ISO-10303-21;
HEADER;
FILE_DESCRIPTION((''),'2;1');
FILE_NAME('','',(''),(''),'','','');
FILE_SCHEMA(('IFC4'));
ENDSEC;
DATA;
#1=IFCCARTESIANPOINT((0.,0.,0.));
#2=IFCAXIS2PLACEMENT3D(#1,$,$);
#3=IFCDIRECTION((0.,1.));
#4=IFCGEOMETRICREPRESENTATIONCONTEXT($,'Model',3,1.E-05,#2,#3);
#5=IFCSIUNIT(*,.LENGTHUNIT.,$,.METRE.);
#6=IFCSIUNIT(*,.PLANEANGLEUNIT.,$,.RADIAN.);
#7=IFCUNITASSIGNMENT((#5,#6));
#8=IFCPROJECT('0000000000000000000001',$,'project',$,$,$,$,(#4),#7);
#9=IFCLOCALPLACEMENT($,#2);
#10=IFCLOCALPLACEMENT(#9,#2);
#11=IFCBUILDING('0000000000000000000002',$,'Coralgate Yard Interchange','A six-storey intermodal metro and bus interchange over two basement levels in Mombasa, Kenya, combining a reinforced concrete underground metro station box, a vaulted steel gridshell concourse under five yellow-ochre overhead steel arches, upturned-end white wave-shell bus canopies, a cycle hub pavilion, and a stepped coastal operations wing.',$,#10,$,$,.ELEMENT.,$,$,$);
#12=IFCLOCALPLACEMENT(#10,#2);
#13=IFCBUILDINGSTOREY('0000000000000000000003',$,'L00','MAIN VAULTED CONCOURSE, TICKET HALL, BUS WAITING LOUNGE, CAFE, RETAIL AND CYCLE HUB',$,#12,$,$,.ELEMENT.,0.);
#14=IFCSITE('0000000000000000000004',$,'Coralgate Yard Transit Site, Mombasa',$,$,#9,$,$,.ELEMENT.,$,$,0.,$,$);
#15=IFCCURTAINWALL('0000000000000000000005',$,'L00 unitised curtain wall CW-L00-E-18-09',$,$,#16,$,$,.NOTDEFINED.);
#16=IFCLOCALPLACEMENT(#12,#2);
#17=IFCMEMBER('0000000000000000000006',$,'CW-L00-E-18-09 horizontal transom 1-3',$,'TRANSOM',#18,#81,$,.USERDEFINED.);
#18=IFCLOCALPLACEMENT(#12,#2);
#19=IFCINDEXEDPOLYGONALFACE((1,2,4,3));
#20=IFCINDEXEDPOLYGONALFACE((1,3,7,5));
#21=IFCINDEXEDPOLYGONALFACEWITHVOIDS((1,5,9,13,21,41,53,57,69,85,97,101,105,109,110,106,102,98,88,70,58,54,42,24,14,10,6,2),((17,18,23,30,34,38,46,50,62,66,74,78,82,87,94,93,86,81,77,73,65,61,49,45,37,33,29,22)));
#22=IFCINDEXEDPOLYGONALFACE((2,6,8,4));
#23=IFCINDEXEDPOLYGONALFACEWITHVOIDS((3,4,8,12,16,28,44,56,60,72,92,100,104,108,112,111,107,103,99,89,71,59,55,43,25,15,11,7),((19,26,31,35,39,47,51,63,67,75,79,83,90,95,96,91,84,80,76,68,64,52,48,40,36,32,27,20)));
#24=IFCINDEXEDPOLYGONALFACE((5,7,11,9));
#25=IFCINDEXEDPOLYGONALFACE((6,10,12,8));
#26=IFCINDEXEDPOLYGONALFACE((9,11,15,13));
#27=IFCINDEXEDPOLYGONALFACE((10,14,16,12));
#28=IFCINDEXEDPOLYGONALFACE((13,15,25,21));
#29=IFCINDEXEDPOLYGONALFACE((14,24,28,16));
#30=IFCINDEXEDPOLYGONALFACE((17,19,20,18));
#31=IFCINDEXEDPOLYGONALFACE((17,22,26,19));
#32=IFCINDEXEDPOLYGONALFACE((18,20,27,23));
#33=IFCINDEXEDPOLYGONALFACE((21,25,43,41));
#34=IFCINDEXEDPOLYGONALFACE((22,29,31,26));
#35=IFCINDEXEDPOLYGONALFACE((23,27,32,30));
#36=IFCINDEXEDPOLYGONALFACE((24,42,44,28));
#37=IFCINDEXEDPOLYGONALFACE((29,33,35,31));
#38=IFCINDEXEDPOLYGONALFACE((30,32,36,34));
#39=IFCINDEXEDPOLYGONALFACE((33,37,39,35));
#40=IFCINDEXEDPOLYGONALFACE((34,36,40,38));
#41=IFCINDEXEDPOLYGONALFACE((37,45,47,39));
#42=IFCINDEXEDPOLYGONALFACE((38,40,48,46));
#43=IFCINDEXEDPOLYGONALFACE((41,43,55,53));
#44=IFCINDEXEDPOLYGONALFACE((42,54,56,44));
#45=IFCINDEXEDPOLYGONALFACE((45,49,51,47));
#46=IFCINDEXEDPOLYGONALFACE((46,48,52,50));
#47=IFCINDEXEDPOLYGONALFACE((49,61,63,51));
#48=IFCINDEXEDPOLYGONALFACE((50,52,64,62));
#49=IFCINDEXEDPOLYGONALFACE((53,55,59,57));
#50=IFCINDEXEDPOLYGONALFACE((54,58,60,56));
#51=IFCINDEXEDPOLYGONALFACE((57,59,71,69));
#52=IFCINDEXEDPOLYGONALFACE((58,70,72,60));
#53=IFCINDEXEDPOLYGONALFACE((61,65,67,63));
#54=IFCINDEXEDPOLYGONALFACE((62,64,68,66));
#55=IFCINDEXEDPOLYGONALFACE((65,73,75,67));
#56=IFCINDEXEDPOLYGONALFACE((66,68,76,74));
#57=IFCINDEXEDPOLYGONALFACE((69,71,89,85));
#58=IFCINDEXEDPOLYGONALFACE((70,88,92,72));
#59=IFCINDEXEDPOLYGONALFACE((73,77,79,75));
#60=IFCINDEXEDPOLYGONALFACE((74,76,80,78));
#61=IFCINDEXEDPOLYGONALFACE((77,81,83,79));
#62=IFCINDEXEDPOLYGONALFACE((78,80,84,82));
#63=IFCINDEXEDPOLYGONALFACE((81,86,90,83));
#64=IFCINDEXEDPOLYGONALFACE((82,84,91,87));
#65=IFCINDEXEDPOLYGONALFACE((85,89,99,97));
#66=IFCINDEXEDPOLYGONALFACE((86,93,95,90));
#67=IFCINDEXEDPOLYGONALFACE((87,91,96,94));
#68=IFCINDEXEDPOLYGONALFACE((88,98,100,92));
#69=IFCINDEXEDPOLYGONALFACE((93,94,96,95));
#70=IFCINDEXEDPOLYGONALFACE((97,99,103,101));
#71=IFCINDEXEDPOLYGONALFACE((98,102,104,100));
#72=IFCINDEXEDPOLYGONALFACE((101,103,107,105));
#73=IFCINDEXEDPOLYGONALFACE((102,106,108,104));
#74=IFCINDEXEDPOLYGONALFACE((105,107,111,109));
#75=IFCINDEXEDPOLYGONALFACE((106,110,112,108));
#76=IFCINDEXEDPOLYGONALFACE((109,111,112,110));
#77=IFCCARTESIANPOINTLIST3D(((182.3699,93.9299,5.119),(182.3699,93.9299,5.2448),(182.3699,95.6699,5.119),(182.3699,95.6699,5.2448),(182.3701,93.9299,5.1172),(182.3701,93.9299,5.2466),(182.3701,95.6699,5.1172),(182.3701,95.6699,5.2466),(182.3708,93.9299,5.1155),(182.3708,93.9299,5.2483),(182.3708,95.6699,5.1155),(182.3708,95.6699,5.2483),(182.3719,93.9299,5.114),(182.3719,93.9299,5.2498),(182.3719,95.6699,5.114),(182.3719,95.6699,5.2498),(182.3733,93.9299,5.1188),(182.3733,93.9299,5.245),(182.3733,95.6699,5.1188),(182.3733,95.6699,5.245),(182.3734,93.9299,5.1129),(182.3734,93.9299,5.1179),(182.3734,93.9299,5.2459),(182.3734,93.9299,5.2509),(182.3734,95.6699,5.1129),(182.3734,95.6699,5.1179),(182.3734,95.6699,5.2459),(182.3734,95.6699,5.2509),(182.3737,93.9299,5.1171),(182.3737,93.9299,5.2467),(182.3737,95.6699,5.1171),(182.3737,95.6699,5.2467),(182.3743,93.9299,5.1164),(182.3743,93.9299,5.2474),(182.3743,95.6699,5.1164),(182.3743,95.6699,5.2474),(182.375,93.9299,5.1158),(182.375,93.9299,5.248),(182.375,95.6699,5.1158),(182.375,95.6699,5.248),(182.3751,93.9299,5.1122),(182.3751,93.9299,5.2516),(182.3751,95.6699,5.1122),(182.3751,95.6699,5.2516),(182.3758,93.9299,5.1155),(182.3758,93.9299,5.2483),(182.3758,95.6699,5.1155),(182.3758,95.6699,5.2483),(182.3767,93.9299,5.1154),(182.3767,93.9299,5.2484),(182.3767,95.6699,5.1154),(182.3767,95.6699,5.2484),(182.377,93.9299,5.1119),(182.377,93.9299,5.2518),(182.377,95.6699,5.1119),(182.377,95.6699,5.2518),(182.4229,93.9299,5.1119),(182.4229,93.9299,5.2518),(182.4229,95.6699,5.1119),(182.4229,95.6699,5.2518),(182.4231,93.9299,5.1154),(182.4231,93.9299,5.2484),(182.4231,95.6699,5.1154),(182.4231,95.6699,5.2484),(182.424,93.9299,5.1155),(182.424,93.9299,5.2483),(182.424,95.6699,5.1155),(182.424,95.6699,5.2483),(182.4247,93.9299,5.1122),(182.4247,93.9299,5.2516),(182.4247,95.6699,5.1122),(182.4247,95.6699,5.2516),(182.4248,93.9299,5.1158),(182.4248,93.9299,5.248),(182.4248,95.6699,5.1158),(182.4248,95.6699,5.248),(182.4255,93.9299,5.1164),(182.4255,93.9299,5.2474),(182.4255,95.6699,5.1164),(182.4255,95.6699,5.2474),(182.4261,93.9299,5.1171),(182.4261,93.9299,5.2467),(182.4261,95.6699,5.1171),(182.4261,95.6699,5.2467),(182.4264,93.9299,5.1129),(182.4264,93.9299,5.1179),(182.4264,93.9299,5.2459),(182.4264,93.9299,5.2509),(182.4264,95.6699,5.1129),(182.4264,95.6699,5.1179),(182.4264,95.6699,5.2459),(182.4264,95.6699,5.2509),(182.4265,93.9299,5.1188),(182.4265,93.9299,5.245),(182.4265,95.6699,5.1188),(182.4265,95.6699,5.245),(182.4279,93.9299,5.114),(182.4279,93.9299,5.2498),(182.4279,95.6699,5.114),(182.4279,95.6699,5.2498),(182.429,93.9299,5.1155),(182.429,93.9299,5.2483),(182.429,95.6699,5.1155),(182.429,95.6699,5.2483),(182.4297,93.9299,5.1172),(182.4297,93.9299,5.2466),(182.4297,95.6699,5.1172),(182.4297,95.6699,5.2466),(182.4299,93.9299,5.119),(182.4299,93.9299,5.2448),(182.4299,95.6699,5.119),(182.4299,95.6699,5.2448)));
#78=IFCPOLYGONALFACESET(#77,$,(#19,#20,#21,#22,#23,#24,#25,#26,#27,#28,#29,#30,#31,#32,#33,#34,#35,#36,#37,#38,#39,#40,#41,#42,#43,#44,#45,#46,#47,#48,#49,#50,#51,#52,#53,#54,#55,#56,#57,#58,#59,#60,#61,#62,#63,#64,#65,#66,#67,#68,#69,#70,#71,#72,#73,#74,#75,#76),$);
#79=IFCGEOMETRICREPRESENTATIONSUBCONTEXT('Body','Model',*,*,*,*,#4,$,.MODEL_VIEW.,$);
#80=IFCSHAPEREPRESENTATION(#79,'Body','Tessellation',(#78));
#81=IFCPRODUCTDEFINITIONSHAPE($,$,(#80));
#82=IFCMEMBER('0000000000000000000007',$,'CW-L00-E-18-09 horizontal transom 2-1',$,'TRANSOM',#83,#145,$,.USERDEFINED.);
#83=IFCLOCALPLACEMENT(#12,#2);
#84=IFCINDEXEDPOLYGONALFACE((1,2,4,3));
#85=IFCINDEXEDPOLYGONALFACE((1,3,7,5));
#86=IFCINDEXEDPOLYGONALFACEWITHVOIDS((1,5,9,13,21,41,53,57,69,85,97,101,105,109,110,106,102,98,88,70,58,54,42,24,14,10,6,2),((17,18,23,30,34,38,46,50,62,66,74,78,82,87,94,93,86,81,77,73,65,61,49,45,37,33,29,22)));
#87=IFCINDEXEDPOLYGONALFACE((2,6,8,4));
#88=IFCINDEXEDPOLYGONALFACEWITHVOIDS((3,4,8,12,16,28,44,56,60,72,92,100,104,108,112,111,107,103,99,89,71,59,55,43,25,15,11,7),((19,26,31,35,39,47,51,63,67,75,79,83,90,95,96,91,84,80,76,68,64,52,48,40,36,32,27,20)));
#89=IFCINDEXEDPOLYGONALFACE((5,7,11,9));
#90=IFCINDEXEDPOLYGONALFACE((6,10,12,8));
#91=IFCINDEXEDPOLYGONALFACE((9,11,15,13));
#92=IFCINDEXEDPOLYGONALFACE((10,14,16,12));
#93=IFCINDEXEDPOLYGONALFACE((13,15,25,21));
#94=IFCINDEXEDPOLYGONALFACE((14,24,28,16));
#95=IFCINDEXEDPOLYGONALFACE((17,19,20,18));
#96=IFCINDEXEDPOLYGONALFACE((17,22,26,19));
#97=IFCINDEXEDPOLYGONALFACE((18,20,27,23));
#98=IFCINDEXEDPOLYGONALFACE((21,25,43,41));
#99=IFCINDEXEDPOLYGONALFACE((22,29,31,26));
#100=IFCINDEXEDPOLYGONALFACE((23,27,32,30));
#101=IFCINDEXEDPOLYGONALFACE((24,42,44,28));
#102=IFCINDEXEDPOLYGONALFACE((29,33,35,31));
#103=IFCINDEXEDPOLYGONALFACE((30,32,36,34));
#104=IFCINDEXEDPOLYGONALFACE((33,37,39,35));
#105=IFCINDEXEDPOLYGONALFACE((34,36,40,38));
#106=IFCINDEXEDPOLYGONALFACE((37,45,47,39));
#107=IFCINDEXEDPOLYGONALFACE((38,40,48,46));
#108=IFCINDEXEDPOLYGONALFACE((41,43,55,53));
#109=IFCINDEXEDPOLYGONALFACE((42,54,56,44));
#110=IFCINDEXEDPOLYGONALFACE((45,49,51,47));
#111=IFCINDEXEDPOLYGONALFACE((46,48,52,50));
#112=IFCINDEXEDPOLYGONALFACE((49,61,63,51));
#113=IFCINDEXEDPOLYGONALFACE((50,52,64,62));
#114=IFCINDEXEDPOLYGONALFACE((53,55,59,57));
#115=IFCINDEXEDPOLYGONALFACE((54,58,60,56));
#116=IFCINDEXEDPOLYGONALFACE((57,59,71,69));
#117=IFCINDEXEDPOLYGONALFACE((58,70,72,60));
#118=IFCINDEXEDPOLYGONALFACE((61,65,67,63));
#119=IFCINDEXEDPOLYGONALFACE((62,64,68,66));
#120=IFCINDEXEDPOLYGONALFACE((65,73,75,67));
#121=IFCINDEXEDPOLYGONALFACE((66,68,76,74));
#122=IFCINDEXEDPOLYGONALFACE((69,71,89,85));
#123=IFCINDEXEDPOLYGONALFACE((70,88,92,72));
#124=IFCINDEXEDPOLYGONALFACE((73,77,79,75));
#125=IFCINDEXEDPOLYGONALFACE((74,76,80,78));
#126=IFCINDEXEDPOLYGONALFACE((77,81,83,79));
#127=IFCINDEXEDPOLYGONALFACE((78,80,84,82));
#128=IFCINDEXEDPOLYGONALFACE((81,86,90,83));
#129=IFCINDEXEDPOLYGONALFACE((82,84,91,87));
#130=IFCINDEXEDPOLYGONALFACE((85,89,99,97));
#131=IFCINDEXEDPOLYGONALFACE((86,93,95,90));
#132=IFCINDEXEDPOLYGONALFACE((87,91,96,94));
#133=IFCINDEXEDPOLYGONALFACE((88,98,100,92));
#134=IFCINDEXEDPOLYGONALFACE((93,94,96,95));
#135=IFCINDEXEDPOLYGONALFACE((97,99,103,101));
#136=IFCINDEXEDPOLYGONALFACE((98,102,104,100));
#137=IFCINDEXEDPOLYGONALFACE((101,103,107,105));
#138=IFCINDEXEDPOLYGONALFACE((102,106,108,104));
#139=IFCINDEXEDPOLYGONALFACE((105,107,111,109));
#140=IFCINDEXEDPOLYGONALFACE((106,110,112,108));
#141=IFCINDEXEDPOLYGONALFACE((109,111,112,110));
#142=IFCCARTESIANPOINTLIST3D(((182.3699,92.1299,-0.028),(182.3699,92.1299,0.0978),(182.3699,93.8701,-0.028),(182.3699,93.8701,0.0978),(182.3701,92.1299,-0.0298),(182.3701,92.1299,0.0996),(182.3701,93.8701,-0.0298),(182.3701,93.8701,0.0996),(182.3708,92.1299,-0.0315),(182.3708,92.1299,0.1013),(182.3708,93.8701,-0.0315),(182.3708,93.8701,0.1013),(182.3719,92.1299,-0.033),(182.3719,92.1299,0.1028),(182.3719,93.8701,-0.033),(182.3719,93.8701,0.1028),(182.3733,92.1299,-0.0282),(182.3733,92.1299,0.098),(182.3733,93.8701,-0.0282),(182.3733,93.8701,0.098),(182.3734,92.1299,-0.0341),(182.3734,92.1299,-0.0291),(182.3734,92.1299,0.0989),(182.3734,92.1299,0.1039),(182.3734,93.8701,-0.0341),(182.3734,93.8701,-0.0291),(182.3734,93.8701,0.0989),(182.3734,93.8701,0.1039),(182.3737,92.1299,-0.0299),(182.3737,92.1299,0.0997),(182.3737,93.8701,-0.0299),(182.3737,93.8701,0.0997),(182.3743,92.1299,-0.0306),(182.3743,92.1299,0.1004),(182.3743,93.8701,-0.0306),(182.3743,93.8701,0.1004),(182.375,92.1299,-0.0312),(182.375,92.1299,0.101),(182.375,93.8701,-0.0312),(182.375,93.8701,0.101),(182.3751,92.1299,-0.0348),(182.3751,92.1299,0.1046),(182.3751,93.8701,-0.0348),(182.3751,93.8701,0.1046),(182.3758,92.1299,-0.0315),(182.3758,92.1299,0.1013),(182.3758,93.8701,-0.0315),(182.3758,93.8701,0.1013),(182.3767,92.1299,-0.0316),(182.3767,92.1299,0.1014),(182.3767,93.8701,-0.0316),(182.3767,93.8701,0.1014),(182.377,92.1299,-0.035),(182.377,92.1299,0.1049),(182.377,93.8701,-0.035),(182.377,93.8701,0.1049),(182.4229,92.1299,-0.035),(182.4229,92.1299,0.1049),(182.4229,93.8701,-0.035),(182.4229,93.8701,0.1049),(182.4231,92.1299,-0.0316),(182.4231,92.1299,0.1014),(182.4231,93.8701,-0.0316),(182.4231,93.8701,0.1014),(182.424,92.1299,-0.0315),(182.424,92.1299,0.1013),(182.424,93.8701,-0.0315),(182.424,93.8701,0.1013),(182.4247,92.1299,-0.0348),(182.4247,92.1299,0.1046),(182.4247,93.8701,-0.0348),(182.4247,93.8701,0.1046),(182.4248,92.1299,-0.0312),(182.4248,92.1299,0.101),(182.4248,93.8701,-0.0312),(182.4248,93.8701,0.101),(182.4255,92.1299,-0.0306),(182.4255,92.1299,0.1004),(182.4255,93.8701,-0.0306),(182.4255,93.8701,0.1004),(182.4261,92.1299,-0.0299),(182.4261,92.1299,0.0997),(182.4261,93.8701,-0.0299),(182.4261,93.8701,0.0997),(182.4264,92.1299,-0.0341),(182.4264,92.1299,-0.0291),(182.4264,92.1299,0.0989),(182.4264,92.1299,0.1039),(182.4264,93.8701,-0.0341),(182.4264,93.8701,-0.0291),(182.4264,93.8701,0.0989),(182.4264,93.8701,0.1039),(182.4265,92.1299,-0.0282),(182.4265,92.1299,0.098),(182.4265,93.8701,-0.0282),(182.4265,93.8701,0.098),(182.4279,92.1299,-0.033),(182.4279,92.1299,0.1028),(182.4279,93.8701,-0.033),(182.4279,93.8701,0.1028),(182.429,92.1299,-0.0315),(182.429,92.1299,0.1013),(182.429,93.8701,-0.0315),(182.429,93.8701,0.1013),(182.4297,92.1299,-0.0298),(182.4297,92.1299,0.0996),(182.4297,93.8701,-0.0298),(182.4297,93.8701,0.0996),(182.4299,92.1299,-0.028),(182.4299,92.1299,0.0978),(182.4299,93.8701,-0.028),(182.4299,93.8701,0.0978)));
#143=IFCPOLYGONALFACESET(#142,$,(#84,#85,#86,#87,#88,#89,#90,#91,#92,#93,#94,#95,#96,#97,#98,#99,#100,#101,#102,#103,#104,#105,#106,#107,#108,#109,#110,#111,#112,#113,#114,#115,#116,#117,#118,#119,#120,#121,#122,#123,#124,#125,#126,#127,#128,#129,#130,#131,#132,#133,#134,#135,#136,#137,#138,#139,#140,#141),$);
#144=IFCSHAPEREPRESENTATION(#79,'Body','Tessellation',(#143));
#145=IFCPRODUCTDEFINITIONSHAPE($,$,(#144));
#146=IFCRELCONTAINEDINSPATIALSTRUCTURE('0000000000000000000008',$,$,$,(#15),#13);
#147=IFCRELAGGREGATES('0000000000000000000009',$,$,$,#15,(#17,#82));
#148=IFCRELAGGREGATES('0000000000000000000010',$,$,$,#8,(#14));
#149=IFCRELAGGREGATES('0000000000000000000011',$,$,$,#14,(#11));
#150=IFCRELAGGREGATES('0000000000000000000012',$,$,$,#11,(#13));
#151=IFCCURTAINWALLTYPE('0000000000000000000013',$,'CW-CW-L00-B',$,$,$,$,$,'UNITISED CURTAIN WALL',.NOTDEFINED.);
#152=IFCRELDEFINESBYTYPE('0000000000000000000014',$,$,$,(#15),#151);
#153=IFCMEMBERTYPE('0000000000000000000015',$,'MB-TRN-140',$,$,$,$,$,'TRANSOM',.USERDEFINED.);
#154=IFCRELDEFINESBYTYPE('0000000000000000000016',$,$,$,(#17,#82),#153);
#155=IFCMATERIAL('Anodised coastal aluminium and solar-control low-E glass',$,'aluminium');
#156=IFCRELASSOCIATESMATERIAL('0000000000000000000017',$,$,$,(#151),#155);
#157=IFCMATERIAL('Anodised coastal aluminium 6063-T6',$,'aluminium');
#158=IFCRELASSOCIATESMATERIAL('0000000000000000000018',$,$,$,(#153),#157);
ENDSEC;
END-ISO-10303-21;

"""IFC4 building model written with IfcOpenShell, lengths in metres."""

from ifc_helpers import new_model, si_unit, direction, frame, origin, origin_2d, place, context, subcontext, project, spatial, hollow_rectangle, extrude, material, material_profile, profile_set, type_object, element, aggregate, save


model = new_model("IFC4")

# Units and contexts
model_context = context("Model", 3, precision=1e-05, world=origin(), true_north=direction((0.0, 1.0)))
body_context = subcontext(model_context, "Body", "Model", "MODEL_VIEW")
ifc_project = project(units=[si_unit("LENGTHUNIT", "METRE"), si_unit("PLANEANGLEUNIT", "RADIAN")], contexts=[model_context])

# Site, building, storey
site_placement = place(None, origin())
site = spatial("IfcSite", under=ifc_project, at=site_placement, Name="Coralgate Yard Transit Site, Mombasa", CompositionType="ELEMENT", RefElevation=0.0)
building_placement = place(site_placement, origin())
building = spatial("IfcBuilding", under=site, at=building_placement, Name="Coralgate Yard Interchange", Description="A six-storey intermodal metro and bus interchange over two basement levels in Mombasa, Kenya, combining a reinforced concrete underground metro station box, a vaulted steel gridshell concourse under five yellow-ochre overhead steel arches, upturned-end white wave-shell bus canopies, a cycle hub pavilion, and a stepped coastal operations wing.", CompositionType="ELEMENT")
storey_placement = place(building_placement, origin())
storey = spatial("IfcBuildingStorey", under=building, at=storey_placement, Name="L00", Description="MAIN VAULTED CONCOURSE, TICKET HALL, BUS WAITING LOUNGE, CAFE, RETAIL AND CYCLE HUB", CompositionType="ELEMENT", Elevation=0.0)

# Curtain wall, members
ifc_material_1 = material(Name="Anodised coastal aluminium and solar-control low-E glass", Category="aluminium")
curtain_wall_type = type_object("IfcCurtainWallType", Name="CW-CW-L00-B", ElementType="UNITISED CURTAIN WALL", PredefinedType="NOTDEFINED", material=ifc_material_1)
curtain_wall_placement = place(storey_placement, origin())
curtain_wall = element("IfcCurtainWall", 1, at=curtain_wall_placement, inside=storey, type_object=curtain_wall_type, Name="L00 unitised curtain wall CW-L00-E-18-09", PredefinedType="NOTDEFINED")
ifc_material_2 = material(Name="Anodised coastal aluminium 6063-T6", Category="aluminium")
ifc_material_profile_1 = material_profile(ifc_material_2, hollow_rectangle(XDim=0.0601, YDim=0.1399, WallThickness=0.0034, InnerFilletRadius=0.0034, OuterFilletRadius=0.0071, at=origin_2d()), Name="ALU 60x140x3.5")
ifc_profile_set_1 = profile_set([ifc_material_profile_1], Name="Anodised coastal aluminium 6063-T6")
member_type_1 = type_object("IfcMemberType", Name="MB-TRN-140", ElementType="TRANSOM", PredefinedType="USERDEFINED", material=ifc_profile_set_1)
member_1_placement = place(storey_placement, frame((182.3999, 95.6699, 5.1819), z_axis=(0.0, -1.0, 0.0), x_axis=(1.0, 0.0, 0.0)))
member_1 = element("IfcMember", 2, at=member_1_placement, type_object=member_type_1, Name="CW-L00-E-18-09 horizontal transom 1-3", ObjectType="TRANSOM", PredefinedType="USERDEFINED", context=body_context, shape_type="SweptSolid", body=[
    extrude(hollow_rectangle(XDim=0.0601, YDim=0.1399, WallThickness=0.0034, InnerFilletRadius=0.0034, OuterFilletRadius=0.0071, at=origin_2d()), origin(), (0.0, 0.0, 1.0), 1.74),
])
member_2_placement = place(storey_placement, frame((182.3999, 93.8701, 0.0349), z_axis=(0.0, -1.0, 0.0), x_axis=(1.0, 0.0, 0.0)))
member_2 = element("IfcMember", 3, at=member_2_placement, type_object=member_type_1, Name="CW-L00-E-18-09 horizontal transom 2-1", ObjectType="TRANSOM", PredefinedType="USERDEFINED", context=body_context, shape_type="SweptSolid", body=[
    extrude(hollow_rectangle(XDim=0.0601, YDim=0.1399, WallThickness=0.0034, InnerFilletRadius=0.0034, OuterFilletRadius=0.0071, at=origin_2d()), origin(), (0.0, 0.0, 1.0), 1.7402),
])
aggregate(curtain_wall, [member_1, member_2])

save(model, "model.ifc")
